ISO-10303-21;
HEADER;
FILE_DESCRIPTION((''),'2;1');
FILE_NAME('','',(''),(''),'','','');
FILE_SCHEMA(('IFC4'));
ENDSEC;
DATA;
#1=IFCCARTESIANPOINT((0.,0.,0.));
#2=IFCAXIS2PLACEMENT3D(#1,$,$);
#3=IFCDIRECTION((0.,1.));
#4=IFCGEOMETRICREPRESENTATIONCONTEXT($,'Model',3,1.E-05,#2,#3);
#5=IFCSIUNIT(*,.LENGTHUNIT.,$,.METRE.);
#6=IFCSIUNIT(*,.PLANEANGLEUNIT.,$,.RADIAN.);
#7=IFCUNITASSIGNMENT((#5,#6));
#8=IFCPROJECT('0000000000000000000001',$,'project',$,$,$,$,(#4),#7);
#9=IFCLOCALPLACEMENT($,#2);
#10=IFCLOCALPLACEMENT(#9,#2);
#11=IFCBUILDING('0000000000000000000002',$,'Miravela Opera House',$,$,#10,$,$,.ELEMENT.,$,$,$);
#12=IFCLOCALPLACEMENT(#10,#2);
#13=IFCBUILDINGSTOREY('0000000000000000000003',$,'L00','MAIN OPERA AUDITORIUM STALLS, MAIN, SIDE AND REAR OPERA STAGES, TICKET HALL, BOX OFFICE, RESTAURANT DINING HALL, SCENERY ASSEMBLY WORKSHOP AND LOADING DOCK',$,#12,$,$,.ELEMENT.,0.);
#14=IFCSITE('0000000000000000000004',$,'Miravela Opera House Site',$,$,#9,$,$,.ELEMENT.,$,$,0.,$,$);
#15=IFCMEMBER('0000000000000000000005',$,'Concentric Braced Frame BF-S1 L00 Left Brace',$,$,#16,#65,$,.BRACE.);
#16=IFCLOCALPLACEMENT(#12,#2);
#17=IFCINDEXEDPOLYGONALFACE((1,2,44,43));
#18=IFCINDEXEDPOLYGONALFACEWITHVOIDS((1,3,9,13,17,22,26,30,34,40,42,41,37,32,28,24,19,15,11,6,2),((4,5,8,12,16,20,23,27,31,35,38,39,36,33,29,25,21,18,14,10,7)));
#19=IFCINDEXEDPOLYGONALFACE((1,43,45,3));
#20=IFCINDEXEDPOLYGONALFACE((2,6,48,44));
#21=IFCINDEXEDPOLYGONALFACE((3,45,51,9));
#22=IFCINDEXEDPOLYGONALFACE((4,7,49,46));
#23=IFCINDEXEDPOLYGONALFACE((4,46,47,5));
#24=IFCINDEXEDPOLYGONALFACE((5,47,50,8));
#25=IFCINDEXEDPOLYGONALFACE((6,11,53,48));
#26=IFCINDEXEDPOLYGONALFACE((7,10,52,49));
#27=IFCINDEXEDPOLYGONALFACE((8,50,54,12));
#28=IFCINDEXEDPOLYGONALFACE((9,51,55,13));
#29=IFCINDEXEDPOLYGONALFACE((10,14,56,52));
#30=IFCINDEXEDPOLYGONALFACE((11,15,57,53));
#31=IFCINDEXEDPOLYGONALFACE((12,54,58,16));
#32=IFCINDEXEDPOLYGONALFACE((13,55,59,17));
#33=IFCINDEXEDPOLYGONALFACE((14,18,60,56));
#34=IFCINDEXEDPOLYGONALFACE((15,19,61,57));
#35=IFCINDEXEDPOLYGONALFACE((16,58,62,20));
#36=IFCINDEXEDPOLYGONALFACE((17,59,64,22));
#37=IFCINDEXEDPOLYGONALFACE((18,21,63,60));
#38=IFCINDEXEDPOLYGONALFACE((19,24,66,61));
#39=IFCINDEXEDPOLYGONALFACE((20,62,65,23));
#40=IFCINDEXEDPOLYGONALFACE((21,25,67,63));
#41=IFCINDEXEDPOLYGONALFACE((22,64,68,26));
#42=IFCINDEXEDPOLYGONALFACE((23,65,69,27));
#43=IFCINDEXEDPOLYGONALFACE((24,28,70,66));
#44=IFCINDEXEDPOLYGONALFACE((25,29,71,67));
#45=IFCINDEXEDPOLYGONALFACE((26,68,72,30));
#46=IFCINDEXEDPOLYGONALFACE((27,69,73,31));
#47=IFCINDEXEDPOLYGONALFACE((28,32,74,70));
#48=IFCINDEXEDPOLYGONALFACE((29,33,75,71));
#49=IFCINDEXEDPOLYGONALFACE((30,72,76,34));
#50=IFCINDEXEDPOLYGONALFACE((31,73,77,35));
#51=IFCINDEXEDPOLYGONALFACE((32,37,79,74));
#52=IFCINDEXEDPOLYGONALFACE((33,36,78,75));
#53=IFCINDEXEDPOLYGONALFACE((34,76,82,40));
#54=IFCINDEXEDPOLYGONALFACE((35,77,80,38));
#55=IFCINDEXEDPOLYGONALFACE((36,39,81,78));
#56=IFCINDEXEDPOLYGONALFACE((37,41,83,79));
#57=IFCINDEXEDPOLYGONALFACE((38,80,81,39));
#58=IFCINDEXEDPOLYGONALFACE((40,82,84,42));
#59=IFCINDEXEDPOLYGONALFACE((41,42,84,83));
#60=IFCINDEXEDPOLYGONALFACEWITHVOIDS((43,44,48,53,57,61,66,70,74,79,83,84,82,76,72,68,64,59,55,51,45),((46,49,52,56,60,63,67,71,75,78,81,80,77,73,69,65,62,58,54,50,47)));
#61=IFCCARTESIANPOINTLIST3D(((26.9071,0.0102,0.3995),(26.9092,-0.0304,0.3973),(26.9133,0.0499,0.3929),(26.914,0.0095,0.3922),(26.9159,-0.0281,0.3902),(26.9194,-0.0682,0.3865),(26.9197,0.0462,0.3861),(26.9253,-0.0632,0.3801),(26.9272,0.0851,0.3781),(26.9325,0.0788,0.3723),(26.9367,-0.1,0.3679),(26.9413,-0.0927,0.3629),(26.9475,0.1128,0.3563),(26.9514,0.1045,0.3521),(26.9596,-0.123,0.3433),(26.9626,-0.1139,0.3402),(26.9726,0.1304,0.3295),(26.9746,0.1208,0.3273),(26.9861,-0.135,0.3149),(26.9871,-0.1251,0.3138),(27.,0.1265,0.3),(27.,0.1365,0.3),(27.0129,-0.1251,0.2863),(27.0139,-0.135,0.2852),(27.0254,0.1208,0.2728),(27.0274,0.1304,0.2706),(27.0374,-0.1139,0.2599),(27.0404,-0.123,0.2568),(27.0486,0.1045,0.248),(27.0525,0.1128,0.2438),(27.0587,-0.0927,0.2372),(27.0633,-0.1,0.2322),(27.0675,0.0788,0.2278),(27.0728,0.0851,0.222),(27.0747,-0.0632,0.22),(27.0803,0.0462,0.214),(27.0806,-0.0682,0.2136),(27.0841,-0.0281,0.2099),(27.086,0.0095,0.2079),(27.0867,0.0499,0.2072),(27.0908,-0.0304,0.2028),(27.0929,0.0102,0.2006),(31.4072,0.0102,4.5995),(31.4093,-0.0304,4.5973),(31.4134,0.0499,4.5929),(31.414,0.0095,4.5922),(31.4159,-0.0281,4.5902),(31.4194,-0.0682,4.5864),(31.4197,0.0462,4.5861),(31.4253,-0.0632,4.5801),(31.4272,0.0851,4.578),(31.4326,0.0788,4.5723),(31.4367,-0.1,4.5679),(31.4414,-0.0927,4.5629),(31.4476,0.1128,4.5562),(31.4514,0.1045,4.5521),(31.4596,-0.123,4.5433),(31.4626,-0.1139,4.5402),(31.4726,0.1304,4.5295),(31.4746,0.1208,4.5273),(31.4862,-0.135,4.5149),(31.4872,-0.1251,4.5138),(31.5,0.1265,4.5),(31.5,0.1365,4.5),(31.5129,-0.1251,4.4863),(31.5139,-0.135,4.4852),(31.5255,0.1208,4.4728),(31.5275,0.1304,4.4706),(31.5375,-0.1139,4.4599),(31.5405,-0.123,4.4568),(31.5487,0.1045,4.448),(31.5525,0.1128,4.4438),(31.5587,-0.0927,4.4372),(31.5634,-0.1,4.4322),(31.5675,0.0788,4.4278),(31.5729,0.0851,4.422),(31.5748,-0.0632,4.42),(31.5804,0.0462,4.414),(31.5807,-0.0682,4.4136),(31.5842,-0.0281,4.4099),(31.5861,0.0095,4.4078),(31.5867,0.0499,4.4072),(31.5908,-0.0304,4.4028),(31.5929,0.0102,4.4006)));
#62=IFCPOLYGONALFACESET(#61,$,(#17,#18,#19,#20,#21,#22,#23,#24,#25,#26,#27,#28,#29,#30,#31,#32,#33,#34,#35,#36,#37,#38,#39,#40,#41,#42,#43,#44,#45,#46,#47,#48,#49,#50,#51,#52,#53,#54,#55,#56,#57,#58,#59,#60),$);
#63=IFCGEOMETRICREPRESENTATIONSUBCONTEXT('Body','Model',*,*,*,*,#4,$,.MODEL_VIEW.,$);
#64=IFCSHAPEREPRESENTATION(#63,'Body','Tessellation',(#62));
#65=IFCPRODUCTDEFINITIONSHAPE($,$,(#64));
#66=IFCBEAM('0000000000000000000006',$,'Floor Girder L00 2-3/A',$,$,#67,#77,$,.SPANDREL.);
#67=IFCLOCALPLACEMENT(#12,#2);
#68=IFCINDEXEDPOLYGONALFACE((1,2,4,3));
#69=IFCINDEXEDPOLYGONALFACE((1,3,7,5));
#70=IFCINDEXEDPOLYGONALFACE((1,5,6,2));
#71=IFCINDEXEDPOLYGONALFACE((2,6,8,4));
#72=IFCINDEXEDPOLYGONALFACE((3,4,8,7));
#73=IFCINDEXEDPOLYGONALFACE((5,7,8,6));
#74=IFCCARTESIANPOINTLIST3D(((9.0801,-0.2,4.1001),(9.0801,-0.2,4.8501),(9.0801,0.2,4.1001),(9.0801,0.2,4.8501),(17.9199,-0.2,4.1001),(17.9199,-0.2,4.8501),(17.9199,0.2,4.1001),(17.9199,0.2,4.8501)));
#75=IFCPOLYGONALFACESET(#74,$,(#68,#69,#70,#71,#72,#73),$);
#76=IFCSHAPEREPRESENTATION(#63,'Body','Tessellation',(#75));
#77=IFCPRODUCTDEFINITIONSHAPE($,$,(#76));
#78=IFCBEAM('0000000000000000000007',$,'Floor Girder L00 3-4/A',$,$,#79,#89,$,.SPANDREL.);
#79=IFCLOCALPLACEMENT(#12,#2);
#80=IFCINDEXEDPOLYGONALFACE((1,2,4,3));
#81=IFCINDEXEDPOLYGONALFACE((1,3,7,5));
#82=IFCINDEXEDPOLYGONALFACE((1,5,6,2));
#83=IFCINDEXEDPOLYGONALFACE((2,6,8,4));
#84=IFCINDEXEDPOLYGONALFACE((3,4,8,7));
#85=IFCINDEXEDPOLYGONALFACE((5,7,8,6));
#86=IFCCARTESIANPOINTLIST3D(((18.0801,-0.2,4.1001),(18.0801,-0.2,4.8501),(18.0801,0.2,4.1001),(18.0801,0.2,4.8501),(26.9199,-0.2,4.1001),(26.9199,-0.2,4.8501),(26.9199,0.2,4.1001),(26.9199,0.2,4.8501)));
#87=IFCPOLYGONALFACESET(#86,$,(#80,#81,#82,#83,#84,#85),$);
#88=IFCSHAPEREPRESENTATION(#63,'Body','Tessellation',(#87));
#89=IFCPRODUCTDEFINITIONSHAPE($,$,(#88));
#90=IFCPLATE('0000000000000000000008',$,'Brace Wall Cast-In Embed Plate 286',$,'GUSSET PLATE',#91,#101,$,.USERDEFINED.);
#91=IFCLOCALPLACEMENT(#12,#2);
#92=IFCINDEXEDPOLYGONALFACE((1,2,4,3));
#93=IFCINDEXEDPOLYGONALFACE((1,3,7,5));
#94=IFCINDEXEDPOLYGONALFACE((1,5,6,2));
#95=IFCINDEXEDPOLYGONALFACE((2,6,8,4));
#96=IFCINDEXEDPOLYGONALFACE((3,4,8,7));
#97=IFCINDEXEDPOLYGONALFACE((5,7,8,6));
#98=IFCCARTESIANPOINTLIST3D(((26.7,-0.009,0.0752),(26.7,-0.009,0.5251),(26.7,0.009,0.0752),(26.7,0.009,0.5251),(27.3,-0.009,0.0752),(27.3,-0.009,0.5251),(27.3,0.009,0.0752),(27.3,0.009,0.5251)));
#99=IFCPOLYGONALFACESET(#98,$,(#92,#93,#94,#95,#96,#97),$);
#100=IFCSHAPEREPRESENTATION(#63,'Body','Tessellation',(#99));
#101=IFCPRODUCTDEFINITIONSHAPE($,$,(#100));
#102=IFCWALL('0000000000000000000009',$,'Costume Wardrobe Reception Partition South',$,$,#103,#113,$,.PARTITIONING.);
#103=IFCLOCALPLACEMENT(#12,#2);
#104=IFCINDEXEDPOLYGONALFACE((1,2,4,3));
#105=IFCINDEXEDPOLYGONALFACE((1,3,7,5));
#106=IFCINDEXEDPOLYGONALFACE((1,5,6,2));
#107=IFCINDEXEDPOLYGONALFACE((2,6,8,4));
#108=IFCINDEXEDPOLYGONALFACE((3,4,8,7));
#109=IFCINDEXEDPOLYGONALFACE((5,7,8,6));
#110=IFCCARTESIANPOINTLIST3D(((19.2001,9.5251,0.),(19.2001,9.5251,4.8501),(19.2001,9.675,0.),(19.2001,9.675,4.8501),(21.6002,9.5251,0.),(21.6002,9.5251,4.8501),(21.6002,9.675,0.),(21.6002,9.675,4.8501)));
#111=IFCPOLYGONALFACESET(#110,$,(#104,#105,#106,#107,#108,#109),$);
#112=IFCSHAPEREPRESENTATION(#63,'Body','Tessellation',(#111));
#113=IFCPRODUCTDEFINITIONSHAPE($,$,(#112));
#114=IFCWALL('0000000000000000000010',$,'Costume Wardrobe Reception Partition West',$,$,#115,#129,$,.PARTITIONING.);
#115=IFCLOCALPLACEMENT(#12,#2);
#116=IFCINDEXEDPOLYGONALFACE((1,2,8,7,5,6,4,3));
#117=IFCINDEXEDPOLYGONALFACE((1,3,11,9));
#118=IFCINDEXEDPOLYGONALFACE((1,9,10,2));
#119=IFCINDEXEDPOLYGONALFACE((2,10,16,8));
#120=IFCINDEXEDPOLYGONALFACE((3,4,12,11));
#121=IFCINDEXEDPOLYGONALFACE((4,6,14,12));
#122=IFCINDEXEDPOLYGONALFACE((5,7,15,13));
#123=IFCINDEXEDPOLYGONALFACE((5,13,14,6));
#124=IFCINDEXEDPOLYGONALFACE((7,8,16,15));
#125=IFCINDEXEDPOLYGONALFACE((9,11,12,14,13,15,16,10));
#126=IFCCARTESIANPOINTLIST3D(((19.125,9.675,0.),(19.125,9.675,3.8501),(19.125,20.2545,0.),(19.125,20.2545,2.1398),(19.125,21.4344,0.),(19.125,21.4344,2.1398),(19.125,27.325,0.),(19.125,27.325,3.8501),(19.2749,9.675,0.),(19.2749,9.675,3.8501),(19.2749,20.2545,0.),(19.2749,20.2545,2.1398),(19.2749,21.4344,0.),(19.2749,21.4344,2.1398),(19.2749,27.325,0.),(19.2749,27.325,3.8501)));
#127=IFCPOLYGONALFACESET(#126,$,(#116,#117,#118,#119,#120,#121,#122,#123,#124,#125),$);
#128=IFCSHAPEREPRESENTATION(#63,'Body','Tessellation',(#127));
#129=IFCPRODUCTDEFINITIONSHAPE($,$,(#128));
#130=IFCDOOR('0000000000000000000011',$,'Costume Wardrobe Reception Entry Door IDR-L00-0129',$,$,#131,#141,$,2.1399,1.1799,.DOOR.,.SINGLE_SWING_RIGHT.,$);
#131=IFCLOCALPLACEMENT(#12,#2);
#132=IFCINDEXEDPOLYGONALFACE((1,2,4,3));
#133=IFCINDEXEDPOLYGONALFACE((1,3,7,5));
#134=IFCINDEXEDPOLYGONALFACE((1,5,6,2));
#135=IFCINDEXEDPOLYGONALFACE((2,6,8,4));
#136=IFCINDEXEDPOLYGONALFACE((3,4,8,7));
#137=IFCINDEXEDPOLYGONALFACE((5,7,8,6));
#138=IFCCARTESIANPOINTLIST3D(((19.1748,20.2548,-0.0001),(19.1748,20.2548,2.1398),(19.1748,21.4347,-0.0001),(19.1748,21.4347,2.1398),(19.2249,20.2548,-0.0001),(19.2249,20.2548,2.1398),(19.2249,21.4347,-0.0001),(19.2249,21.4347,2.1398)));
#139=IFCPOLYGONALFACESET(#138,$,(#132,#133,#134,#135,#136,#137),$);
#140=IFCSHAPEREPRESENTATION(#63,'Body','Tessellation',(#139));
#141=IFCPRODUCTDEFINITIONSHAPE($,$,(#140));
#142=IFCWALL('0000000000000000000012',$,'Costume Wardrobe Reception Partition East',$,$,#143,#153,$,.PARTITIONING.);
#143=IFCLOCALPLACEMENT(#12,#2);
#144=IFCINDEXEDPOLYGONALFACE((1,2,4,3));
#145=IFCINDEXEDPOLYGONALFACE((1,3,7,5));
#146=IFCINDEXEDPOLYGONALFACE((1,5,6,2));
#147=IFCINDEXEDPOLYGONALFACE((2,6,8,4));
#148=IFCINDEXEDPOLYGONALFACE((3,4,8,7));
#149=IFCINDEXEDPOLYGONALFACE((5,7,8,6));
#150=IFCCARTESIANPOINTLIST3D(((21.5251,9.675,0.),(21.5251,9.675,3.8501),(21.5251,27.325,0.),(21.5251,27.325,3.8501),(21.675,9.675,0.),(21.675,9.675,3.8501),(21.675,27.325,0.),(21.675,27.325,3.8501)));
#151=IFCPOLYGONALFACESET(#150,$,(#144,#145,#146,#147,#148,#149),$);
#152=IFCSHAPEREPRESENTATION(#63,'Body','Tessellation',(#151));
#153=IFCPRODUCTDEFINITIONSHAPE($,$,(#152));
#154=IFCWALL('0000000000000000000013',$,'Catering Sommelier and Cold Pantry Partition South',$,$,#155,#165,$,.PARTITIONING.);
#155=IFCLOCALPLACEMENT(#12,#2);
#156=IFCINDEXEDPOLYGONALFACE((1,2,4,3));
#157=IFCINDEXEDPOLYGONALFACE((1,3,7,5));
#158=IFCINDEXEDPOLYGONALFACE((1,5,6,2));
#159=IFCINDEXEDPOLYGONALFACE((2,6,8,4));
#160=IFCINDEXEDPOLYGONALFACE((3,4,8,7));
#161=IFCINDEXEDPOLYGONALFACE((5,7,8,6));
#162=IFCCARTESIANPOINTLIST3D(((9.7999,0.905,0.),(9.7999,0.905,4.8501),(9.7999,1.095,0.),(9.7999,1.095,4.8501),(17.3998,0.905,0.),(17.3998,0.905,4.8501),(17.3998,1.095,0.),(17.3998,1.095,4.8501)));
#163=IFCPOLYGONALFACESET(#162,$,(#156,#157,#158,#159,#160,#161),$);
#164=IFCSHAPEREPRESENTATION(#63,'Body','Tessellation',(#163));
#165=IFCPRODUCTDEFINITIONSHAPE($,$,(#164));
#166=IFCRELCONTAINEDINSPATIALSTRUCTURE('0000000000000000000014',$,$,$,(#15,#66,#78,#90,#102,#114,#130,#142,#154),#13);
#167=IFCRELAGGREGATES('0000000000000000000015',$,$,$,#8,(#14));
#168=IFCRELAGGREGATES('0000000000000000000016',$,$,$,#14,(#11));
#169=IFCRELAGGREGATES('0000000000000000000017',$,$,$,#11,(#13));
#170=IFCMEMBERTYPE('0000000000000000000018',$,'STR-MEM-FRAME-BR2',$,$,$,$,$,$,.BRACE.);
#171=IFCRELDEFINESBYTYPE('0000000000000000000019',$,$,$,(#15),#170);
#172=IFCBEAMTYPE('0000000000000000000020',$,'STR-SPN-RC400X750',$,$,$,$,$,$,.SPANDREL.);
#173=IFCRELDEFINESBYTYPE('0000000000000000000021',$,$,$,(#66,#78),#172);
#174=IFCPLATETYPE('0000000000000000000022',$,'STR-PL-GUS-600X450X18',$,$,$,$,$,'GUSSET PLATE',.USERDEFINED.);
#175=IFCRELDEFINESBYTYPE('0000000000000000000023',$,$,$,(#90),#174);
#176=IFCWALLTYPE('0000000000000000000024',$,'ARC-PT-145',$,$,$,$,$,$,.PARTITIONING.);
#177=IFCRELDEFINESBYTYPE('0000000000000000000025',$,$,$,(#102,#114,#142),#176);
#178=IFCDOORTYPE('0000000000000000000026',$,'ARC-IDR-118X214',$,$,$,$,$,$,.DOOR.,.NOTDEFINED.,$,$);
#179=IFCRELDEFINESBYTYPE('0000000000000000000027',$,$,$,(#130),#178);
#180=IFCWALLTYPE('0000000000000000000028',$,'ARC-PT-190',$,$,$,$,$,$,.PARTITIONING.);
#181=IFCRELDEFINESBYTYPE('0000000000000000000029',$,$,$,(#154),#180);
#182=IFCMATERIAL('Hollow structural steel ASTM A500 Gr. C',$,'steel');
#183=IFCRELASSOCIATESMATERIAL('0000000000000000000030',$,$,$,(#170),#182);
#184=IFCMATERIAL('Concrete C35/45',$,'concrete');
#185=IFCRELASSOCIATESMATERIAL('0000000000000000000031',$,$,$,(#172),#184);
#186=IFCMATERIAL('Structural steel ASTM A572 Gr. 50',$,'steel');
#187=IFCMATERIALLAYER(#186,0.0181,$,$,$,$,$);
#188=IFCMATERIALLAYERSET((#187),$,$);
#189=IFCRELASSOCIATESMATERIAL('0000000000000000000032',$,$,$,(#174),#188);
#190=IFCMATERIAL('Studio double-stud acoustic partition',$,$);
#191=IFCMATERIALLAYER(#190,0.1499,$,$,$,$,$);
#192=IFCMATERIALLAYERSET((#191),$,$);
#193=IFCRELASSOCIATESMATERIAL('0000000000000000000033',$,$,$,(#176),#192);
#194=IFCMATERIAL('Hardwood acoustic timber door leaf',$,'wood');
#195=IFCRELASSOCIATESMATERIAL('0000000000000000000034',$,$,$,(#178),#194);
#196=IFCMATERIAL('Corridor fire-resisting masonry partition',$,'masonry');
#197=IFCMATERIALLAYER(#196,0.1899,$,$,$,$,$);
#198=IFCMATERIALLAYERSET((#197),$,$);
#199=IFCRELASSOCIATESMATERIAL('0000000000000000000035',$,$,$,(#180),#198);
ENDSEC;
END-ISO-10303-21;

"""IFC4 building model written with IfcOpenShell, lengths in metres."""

from ifc_helpers import new_model, si_unit, direction, frame, frame_2d, origin, origin_2d, place, context, subcontext, project, spatial, rectangle, hollow_circle, extrude, material, layer, layer_set, material_profile, profile_set, type_object, element, fill, save


model = new_model("IFC4")

# Units and contexts
model_context = context("Model", 3, precision=1e-05, world=origin(), true_north=direction((0.0, 1.0)))
body_context = subcontext(model_context, "Body", "Model", "MODEL_VIEW")
ifc_project = project(units=[si_unit("LENGTHUNIT", "METRE"), si_unit("PLANEANGLEUNIT", "RADIAN")], contexts=[model_context])

# Site, building, storey
site_placement = place(None, origin())
site = spatial("IfcSite", under=ifc_project, at=site_placement, Name="Miravela Opera House Site", CompositionType="ELEMENT", RefElevation=0.0)
building_placement = place(site_placement, origin())
building = spatial("IfcBuilding", under=site, at=building_placement, Name="Miravela Opera House", CompositionType="ELEMENT")
storey_placement = place(building_placement, origin())
storey = spatial("IfcBuildingStorey", under=building, at=storey_placement, Name="L00", Description="MAIN OPERA AUDITORIUM STALLS, MAIN, SIDE AND REAR OPERA STAGES, TICKET HALL, BOX OFFICE, RESTAURANT DINING HALL, SCENERY ASSEMBLY WORKSHOP AND LOADING DOCK", CompositionType="ELEMENT", Elevation=0.0)

# Shared definitions
ifc_material_1 = material(Name="Concrete C35/45", Category="concrete")

# Member
ifc_material_2 = material(Name="Hollow structural steel ASTM A500 Gr. C", Category="steel")
ifc_material_profile_1 = material_profile(ifc_material_2, hollow_circle(Radius=0.1365, WallThickness=0.01, at=origin_2d()), Name="CHS273X10")
ifc_profile_set_1 = profile_set([ifc_material_profile_1])
member_type = type_object("IfcMemberType", Name="STR-MEM-FRAME-BR2", PredefinedType="BRACE", material=ifc_profile_set_1)
member_placement = place(storey_placement, frame((27.0, 0.0, 0.3), z_axis=(0.731059, 0.0, 0.682314), x_axis=(0.0, 1.0, 0.0)))
element("IfcMember", 1, at=member_placement, inside=storey, type_object=member_type, Name="Concentric Braced Frame BF-S1 L00 Left Brace", PredefinedType="BRACE", context=body_context, shape_type="SweptSolid", body=[
    extrude(hollow_circle(Radius=0.1365, WallThickness=0.01, at=origin_2d()), origin(), (0.0, 0.0, 1.0), 6.1555),
])

# Beams
ifc_material_profile_2 = material_profile(ifc_material_1, rectangle(XDim=0.3999, YDim=0.75, at=origin_2d()), Name="RC-SPN-400X750")
ifc_profile_set_2 = profile_set([ifc_material_profile_2])
beam_type_1 = type_object("IfcBeamType", Name="STR-SPN-RC400X750", PredefinedType="SPANDREL", material=ifc_profile_set_2)
for number, where, z_axis, x_axis, name in (
    (2, (9.0801, 0.0, 4.4751), (1.0, 0.0, 0.0), (0.0, 1.0, 0.0), "Floor Girder L00 2-3/A"),
    (3, (18.0801, 0.0, 4.4751), (1.0, 0.0, 0.0), (0.0, 1.0, 0.0), "Floor Girder L00 3-4/A"),
):
    element("IfcBeam", number, at=place(storey_placement, frame(where, z_axis=z_axis, x_axis=x_axis)), inside=storey, type_object=beam_type_1, Name=name, PredefinedType="SPANDREL", context=body_context, shape_type="SweptSolid", body=[
        extrude(rectangle(XDim=0.3999, YDim=0.75, at=origin_2d()), origin(), (0.0, 0.0, 1.0), 8.8398),
    ])

# Plate
ifc_material_3 = material(Name="Structural steel ASTM A572 Gr. 50", Category="steel")
ifc_layer_1 = layer(ifc_material_3, 0.0181)
ifc_layer_set_1 = layer_set([ifc_layer_1])
plate_type = type_object("IfcPlateType", Name="STR-PL-GUS-600X450X18", ElementType="GUSSET PLATE", PredefinedType="USERDEFINED", material=ifc_layer_set_1)
plate_placement = place(storey_placement, frame((27.0, 0.0, 0.0752), z_axis=(0.0, 0.0, 1.0), x_axis=(1.0, 0.0, 0.0)))
element("IfcPlate", 4, at=plate_placement, inside=storey, type_object=plate_type, Name="Brace Wall Cast-In Embed Plate 286", ObjectType="GUSSET PLATE", PredefinedType="USERDEFINED", context=body_context, shape_type="SweptSolid", body=[
    extrude(rectangle(XDim=0.6001, YDim=0.0181, at=origin_2d()), origin(), (0.0, 0.0, 1.0), 0.45),
])

# Wall
ifc_material_4 = material(Name="Studio double-stud acoustic partition")
ifc_layer_2 = layer(ifc_material_4, 0.1499)
ifc_layer_set_2 = layer_set([ifc_layer_2])
wall_type_1 = type_object("IfcWallType", Name="ARC-PT-145", PredefinedType="PARTITIONING", material=ifc_layer_set_2)
wall_1_placement = place(storey_placement, frame((19.2, 9.6001, 0.0), z_axis=(0.0, 0.0, 1.0), x_axis=(1.0, 0.0, 0.0)))
element("IfcWall", 5, at=wall_1_placement, inside=storey, type_object=wall_type_1, Name="Costume Wardrobe Reception Partition South", PredefinedType="PARTITIONING", context=body_context, shape_type="SweptSolid", body=[
    extrude(rectangle(XDim=2.4001, YDim=0.1499, at=frame_2d((1.2002, 0.0))), origin(), (0.0, 0.0, 1.0), 4.8501),
])

# Wall, opening, door
wall_2_placement = place(storey_placement, frame((19.2, 9.675, 0.0), z_axis=(0.0, 0.0, 1.0), x_axis=(0.0, 1.0, 0.0)))
wall_2 = element("IfcWall", 6, at=wall_2_placement, inside=storey, type_object=wall_type_1, Name="Costume Wardrobe Reception Partition West", PredefinedType="PARTITIONING", context=body_context, shape_type="SweptSolid", body=[
    extrude(rectangle(XDim=17.6499, YDim=0.1499, at=frame_2d((8.825, 0.0))), origin(), (0.0, 0.0, 1.0), 3.8501),
])
opening_1_placement = place(wall_2_placement, frame((10.5796, 0.0, 0.0)))
opening_1 = element("IfcOpeningElement", 7, at=opening_1_placement, cuts=wall_2, PredefinedType="OPENING", context=body_context, shape_type="SweptSolid", body=[
    extrude(rectangle(XDim=1.1799, YDim=2.1399, at=frame_2d((0.5898, 1.0698))), frame((0.0, 0.085, 0.0), z_axis=(0.0, -1.0, 0.0), x_axis=(1.0, 0.0, 0.0)), (0.0, 0.0, 1.0), 0.1699),
])
ifc_material_5 = material(Name="Hardwood acoustic timber door leaf", Category="wood")
door_type_1 = type_object("IfcDoorType", Name="ARC-IDR-118X214", OperationType="NOTDEFINED", PredefinedType="DOOR", material=ifc_material_5)
door_1_placement = place(opening_1_placement, frame((1.1799, 0.0, 0.0), z_axis=(0.0, 0.0, 1.0), x_axis=(-1.0, 0.0, 0.0)))
door_1 = element("IfcDoor", 8, at=door_1_placement, inside=storey, type_object=door_type_1, Name="Costume Wardrobe Reception Entry Door IDR-L00-0129", OperationType="SINGLE_SWING_RIGHT", OverallHeight=2.1399, OverallWidth=1.1799, PredefinedType="DOOR", context=body_context, shape_type="SweptSolid", body=[
    extrude(rectangle(XDim=1.1799, YDim=2.1399, at=frame_2d((0.5898, 1.0698))), frame((0.0, 0.0249, 0.0), z_axis=(0.0, -1.0, 0.0), x_axis=(1.0, 0.0, 0.0)), (0.0, 0.0, 1.0), 0.05),
])
fill(opening_1, door_1)

# Walls
wall_3_placement = place(storey_placement, frame((21.6001, 9.675, 0.0), z_axis=(0.0, 0.0, 1.0), x_axis=(0.0, 1.0, 0.0)))
element("IfcWall", 9, at=wall_3_placement, inside=storey, type_object=wall_type_1, Name="Costume Wardrobe Reception Partition East", PredefinedType="PARTITIONING", context=body_context, shape_type="SweptSolid", body=[
    extrude(rectangle(XDim=17.6499, YDim=0.1499, at=frame_2d((8.825, 0.0))), origin(), (0.0, 0.0, 1.0), 3.8501),
])
ifc_material_6 = material(Name="Corridor fire-resisting masonry partition", Category="masonry")
ifc_layer_3 = layer(ifc_material_6, 0.1899)
ifc_layer_set_3 = layer_set([ifc_layer_3])
wall_type_2 = type_object("IfcWallType", Name="ARC-PT-190", PredefinedType="PARTITIONING", material=ifc_layer_set_3)
wall_4_placement = place(storey_placement, frame((9.8, 1.0, 0.0), z_axis=(0.0, 0.0, 1.0), x_axis=(1.0, 0.0, 0.0)))
element("IfcWall", 10, at=wall_4_placement, inside=storey, type_object=wall_type_2, Name="Catering Sommelier and Cold Pantry Partition South", PredefinedType="PARTITIONING", context=body_context, shape_type="SweptSolid", body=[
    extrude(rectangle(XDim=7.5999, YDim=0.1899, at=frame_2d((3.7998, 0.0))), origin(), (0.0, 0.0, 1.0), 4.8501),
])

save(model, "model.ifc")
